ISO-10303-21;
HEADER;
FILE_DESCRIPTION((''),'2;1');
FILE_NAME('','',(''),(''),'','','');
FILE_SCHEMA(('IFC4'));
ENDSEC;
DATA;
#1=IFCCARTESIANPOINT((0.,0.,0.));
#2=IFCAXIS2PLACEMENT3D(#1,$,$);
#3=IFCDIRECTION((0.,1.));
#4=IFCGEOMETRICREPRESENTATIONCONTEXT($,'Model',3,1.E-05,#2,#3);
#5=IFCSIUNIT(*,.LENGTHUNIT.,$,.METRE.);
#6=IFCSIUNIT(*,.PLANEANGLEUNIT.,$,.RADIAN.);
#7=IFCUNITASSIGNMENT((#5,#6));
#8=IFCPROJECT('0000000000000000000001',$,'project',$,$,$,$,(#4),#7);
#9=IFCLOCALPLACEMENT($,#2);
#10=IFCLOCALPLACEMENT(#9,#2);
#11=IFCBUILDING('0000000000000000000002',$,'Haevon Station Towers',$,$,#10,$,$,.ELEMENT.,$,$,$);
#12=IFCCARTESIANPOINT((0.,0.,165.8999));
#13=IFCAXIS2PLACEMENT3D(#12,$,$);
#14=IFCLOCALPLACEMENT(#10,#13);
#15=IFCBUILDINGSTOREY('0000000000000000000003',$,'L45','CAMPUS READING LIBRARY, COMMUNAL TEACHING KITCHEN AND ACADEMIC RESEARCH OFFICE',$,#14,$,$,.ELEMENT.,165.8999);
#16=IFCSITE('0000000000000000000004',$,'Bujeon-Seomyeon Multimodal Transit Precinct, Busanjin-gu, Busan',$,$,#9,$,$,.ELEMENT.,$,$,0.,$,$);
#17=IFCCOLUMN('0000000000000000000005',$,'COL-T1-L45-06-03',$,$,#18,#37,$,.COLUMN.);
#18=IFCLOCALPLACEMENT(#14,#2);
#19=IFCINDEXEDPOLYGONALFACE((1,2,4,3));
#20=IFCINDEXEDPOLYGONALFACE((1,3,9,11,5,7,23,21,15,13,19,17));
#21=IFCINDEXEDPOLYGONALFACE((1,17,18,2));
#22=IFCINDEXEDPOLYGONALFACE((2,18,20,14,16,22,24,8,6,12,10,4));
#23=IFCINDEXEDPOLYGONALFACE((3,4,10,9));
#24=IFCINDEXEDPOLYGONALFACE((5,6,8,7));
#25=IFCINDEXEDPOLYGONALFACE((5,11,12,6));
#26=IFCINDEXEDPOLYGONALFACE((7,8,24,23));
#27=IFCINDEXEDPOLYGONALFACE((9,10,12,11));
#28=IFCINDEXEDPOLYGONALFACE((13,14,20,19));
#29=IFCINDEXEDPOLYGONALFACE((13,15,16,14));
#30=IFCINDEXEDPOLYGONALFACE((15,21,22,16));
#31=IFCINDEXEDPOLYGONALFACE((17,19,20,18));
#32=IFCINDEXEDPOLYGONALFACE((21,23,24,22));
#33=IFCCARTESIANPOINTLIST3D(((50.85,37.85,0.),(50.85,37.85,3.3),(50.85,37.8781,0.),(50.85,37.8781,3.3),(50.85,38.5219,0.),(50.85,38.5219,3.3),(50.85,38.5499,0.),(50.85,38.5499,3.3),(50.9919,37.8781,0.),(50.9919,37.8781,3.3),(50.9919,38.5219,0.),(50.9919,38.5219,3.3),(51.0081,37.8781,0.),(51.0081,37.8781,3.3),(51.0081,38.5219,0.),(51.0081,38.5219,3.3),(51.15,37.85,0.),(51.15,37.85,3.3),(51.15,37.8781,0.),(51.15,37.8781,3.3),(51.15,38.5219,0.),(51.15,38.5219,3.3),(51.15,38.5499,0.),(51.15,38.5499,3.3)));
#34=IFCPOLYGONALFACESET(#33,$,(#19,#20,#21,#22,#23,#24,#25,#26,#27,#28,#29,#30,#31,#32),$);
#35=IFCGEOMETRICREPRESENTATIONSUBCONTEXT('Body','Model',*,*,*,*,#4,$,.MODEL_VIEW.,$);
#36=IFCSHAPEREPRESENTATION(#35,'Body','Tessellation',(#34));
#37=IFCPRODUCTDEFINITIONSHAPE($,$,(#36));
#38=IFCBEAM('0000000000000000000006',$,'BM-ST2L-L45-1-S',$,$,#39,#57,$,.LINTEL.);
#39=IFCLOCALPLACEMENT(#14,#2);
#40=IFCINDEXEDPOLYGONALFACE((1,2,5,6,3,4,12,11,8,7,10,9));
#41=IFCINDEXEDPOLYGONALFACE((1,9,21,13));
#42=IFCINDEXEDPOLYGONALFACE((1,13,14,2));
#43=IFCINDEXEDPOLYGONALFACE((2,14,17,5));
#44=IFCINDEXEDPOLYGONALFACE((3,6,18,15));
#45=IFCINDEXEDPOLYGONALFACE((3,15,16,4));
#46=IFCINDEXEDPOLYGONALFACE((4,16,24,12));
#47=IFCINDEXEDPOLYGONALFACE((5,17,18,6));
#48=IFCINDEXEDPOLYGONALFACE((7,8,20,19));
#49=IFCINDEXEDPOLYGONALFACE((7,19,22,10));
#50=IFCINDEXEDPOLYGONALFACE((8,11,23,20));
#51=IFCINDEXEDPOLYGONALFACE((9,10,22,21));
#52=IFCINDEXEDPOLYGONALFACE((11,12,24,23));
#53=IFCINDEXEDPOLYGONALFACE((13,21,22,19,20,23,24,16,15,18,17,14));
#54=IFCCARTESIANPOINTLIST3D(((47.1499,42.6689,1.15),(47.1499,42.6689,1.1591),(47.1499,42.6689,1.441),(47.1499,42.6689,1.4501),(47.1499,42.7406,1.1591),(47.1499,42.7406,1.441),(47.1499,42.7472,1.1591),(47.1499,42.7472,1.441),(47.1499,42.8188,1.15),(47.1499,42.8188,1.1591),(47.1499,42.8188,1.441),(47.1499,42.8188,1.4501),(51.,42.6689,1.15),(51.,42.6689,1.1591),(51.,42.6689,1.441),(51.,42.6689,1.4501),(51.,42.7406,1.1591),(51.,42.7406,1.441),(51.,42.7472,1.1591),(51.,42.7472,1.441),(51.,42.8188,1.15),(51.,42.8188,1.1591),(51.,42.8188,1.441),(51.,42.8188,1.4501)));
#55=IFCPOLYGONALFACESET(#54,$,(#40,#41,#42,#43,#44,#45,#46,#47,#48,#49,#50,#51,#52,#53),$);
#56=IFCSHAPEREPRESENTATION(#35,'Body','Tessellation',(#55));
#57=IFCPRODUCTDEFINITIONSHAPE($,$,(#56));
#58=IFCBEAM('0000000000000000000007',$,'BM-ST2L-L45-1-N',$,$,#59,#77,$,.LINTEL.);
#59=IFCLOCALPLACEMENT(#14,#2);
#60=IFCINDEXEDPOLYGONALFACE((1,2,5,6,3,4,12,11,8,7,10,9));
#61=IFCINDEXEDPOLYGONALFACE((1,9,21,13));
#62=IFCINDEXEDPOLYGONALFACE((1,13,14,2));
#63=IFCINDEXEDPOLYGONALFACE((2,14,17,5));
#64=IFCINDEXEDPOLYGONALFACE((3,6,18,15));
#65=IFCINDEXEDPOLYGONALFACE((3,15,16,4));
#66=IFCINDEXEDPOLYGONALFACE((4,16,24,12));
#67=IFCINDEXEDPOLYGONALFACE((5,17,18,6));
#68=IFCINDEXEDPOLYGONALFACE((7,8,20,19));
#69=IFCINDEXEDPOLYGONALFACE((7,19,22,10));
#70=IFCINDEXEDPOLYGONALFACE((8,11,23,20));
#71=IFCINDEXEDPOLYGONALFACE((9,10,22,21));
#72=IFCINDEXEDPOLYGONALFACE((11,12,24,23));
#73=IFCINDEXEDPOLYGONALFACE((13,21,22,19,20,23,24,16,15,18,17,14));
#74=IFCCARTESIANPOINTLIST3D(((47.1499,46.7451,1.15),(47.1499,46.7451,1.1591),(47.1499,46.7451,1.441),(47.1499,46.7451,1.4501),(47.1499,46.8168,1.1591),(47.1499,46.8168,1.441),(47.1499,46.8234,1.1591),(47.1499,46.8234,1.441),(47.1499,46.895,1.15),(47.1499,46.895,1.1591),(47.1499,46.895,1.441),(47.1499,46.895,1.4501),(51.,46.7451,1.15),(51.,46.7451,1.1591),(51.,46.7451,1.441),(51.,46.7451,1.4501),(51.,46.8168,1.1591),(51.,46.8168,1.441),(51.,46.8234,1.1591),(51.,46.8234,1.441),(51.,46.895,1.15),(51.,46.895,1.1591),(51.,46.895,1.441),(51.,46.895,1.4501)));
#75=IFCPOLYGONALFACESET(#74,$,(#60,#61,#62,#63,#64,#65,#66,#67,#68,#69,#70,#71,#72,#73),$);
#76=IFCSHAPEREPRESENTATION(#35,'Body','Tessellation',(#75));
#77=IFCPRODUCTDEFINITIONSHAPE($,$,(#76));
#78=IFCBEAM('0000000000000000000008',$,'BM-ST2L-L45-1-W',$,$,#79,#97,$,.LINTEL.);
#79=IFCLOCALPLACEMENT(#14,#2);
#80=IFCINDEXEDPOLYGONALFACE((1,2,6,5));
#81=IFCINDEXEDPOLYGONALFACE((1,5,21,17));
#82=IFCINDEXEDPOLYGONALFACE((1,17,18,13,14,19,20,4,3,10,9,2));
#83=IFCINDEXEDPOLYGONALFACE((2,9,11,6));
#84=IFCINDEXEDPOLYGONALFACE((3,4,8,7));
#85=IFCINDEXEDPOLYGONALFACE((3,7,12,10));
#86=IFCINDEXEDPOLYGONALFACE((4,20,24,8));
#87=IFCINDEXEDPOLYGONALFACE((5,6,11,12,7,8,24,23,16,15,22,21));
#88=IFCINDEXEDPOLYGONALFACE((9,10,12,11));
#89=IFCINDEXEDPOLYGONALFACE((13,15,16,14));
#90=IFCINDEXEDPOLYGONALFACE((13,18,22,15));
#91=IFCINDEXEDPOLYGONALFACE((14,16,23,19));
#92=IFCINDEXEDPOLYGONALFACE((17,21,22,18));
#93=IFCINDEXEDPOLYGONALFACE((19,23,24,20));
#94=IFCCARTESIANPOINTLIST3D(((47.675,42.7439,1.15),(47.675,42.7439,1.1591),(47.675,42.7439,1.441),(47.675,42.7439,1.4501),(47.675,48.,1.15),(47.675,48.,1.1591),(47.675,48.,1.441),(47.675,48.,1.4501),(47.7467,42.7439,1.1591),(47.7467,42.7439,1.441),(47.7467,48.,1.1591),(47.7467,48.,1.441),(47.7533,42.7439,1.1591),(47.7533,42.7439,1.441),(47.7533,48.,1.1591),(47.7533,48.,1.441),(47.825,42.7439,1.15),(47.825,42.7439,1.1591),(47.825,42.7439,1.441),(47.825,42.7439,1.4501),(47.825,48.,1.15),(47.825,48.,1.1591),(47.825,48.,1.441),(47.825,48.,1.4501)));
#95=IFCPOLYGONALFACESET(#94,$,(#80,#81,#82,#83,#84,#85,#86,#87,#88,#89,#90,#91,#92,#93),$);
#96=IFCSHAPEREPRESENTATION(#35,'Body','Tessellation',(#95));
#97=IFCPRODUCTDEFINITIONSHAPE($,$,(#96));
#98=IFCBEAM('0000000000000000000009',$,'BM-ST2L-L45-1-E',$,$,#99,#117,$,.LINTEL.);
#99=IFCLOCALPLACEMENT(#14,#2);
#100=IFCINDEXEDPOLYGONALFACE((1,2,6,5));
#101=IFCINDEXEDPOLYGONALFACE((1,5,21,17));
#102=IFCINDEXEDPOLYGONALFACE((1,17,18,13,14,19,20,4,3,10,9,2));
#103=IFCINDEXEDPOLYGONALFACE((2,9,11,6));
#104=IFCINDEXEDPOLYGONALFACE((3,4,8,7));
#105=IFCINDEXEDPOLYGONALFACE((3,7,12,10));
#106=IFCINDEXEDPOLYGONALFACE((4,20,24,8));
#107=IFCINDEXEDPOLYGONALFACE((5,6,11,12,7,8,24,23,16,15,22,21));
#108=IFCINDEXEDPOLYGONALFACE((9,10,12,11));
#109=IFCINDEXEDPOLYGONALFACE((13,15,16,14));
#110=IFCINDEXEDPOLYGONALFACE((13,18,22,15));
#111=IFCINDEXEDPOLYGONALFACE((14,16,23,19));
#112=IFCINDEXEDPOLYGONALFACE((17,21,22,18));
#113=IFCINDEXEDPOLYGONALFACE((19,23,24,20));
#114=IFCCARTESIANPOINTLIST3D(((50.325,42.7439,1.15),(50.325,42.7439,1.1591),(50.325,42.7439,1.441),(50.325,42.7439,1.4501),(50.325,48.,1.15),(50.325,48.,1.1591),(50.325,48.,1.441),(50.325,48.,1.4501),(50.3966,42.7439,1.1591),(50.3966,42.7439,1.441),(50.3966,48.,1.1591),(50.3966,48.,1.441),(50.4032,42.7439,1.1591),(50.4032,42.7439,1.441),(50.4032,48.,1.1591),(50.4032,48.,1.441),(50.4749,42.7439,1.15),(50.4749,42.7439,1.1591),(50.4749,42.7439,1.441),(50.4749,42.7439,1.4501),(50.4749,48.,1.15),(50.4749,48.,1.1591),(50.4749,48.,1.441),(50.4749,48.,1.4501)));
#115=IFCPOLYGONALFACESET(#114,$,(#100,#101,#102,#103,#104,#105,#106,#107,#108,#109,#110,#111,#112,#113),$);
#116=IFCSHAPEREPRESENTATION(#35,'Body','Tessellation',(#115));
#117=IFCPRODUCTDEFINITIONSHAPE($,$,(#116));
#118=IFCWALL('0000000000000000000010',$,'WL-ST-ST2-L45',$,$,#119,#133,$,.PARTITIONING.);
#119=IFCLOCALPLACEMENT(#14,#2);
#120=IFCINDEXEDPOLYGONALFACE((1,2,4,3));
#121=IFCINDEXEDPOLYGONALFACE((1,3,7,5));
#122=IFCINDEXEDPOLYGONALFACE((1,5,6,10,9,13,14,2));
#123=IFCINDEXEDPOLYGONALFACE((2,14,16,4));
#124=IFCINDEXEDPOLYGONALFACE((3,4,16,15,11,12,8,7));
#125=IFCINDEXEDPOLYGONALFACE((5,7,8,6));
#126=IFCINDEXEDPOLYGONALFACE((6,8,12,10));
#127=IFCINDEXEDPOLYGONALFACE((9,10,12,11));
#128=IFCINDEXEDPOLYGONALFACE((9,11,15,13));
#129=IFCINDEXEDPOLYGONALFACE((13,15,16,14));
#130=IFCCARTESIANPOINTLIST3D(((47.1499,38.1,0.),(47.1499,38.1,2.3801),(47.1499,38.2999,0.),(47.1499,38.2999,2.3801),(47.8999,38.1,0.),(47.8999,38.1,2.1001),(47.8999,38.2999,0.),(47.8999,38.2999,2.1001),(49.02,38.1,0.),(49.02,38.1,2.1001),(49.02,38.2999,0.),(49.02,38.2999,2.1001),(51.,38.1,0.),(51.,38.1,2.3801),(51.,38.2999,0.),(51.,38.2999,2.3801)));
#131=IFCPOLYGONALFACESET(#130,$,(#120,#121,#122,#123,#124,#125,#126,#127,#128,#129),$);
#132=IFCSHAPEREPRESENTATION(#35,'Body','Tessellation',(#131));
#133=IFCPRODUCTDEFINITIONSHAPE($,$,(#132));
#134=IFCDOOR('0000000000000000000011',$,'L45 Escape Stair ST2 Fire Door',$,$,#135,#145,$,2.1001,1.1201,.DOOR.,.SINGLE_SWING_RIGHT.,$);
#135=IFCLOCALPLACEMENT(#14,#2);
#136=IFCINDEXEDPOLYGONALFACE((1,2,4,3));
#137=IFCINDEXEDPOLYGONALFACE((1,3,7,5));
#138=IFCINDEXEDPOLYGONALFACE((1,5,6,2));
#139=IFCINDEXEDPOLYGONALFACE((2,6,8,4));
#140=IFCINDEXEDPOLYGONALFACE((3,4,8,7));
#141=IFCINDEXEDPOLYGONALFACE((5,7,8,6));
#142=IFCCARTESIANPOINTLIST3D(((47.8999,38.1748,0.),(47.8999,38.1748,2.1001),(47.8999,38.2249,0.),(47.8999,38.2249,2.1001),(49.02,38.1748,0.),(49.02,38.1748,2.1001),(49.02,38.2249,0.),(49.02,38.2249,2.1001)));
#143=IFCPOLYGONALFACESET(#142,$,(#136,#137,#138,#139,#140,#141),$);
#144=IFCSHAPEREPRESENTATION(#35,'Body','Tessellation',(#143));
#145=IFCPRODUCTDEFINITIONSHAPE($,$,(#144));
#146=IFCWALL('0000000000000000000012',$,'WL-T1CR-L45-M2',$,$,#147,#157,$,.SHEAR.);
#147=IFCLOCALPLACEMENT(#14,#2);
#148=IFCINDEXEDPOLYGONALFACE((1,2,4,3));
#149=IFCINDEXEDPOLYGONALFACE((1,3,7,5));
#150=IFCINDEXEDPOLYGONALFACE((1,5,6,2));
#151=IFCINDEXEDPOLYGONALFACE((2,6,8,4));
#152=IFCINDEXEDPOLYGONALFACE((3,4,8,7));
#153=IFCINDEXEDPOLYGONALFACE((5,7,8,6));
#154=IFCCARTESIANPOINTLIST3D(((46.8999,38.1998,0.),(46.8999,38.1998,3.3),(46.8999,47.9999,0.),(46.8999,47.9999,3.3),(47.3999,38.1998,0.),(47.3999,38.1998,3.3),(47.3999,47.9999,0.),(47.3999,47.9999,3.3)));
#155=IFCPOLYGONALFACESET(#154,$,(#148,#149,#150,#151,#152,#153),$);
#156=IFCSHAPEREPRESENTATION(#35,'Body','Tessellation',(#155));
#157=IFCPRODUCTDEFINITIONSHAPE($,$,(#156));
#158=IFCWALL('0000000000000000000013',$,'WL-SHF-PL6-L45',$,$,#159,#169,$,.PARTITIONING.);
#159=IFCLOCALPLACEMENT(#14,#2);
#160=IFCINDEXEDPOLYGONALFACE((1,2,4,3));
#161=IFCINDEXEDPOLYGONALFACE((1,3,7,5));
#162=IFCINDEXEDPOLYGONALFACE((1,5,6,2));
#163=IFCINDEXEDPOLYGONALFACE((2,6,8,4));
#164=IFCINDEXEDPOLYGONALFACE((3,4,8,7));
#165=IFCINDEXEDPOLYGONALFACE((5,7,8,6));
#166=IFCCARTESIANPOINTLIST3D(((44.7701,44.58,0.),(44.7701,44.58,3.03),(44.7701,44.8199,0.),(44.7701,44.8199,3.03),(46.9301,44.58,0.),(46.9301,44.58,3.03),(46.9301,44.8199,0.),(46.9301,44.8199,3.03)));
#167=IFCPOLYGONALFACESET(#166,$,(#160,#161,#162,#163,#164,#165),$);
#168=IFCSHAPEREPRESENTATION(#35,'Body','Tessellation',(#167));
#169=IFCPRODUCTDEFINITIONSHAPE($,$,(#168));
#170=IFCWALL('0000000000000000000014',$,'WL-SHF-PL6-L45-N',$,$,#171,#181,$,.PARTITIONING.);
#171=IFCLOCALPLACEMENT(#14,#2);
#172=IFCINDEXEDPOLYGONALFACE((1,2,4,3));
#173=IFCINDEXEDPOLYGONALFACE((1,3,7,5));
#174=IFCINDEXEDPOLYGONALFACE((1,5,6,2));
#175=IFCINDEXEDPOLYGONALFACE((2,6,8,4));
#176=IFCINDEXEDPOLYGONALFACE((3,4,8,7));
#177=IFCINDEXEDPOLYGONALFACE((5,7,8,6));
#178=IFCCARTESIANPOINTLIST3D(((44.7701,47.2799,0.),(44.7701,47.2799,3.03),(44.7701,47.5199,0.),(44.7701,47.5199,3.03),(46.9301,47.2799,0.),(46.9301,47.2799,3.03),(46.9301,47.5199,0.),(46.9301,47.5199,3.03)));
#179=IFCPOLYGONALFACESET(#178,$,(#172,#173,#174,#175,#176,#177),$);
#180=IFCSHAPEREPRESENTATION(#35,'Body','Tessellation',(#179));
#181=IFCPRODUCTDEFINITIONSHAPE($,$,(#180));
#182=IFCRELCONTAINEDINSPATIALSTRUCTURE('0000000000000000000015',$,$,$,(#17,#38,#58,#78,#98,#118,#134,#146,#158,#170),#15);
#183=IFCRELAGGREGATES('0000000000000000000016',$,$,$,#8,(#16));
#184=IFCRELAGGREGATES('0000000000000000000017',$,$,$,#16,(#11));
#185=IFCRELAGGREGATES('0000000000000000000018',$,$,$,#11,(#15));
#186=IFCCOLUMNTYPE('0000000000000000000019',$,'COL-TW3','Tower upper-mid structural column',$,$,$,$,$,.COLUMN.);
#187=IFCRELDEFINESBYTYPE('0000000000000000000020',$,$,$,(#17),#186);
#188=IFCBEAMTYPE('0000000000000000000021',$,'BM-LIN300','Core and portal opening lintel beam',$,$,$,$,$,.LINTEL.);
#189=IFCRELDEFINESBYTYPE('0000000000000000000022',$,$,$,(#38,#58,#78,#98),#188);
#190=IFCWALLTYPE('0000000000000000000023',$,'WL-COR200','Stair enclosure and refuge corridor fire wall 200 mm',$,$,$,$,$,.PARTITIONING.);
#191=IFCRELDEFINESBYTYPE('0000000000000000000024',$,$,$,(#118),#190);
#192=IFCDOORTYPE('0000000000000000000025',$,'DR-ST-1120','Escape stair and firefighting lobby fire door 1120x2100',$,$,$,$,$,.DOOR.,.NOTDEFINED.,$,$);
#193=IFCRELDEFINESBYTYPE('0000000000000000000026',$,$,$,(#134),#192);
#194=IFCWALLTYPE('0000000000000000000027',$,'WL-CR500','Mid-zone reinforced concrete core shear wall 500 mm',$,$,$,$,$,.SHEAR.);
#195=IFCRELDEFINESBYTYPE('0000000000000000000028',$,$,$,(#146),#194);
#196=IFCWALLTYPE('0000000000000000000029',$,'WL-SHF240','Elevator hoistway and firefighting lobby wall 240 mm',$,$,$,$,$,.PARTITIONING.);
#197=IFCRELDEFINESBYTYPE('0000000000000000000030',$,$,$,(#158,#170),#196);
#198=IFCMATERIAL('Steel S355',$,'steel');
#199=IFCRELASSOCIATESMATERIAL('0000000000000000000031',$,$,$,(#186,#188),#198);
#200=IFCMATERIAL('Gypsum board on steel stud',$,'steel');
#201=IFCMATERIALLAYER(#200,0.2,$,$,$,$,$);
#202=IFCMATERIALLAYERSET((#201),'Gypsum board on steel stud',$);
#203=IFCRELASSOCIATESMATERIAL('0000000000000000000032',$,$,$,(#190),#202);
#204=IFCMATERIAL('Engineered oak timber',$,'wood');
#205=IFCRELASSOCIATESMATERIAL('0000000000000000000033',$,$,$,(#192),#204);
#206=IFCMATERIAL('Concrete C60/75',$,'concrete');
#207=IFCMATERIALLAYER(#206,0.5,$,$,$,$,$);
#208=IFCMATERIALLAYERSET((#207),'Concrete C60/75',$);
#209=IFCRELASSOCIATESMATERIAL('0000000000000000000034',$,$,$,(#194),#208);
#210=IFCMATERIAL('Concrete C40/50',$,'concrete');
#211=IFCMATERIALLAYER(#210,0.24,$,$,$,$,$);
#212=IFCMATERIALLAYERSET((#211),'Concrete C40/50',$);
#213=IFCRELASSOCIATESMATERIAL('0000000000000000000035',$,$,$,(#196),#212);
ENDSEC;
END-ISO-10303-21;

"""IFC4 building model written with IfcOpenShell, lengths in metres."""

from ifc_helpers import new_model, si_unit, direction, frame, frame_2d, origin, origin_2d, place, context, subcontext, project, spatial, rectangle, i_section, extrude, material, layer, layer_set, material_profile, profile_set, type_object, element, fill, save


model = new_model("IFC4")

# Units and contexts
model_context = context("Model", 3, precision=1e-05, world=origin(), true_north=direction((0.0, 1.0)))
body_context = subcontext(model_context, "Body", "Model", "MODEL_VIEW")
ifc_project = project(units=[si_unit("LENGTHUNIT", "METRE"), si_unit("PLANEANGLEUNIT", "RADIAN")], contexts=[model_context])

# Site, building, storey
site_placement = place(None, origin())
site = spatial("IfcSite", under=ifc_project, at=site_placement, Name="Bujeon-Seomyeon Multimodal Transit Precinct, Busanjin-gu, Busan", CompositionType="ELEMENT", RefElevation=0.0)
building_placement = place(site_placement, origin())
building = spatial("IfcBuilding", under=site, at=building_placement, Name="Haevon Station Towers", CompositionType="ELEMENT")
storey_placement = place(building_placement, frame((0.0, 0.0, 165.8999)))
storey = spatial("IfcBuildingStorey", under=building, at=storey_placement, Name="L45", Description="CAMPUS READING LIBRARY, COMMUNAL TEACHING KITCHEN AND ACADEMIC RESEARCH OFFICE", CompositionType="ELEMENT", Elevation=165.8999)

# Column
ifc_material_1 = material(Name="Steel S355", Category="steel")
ifc_material_profile_1 = material_profile(ifc_material_1, i_section(OverallWidth=0.3, OverallDepth=0.7, WebThickness=0.0161, FlangeThickness=0.0281, at=origin_2d()), Name="H-700x300x16x28")
ifc_profile_set_1 = profile_set([ifc_material_profile_1], Name="Steel S355")
column_type = type_object("IfcColumnType", Name="COL-TW3", Description="Tower upper-mid structural column", PredefinedType="COLUMN", material=ifc_profile_set_1)
column_placement = place(storey_placement, frame((51.0, 38.2, 0.0), z_axis=(0.0, 0.0, 1.0), x_axis=(1.0, 0.0, 0.0)))
element("IfcColumn", 1, at=column_placement, inside=storey, type_object=column_type, Name="COL-T1-L45-06-03", PredefinedType="COLUMN", context=body_context, shape_type="SweptSolid", body=[
    extrude(i_section(OverallWidth=0.3, OverallDepth=0.7, WebThickness=0.0161, FlangeThickness=0.0281, at=origin_2d()), origin(), (0.0, 0.0, 1.0), 3.3),
])

# Beams
ifc_material_profile_2 = material_profile(ifc_material_1, i_section(OverallWidth=0.1499, OverallDepth=0.3, WebThickness=0.0066, FlangeThickness=0.009, at=origin_2d()), Name="H-300x150x6.5x9")
ifc_profile_set_2 = profile_set([ifc_material_profile_2], Name="Steel S355")
beam_type = type_object("IfcBeamType", Name="BM-LIN300", Description="Core and portal opening lintel beam", PredefinedType="LINTEL", material=ifc_profile_set_2)
for number, where, z_axis, x_axis, name in (
    (2, (47.1499, 42.7439, 1.3), (1.0, 0.0, 0.0), (0.0, 1.0, 0.0), "BM-ST2L-L45-1-S"),
    (3, (47.1499, 46.8201, 1.3), (1.0, 0.0, 0.0), (0.0, 1.0, 0.0), "BM-ST2L-L45-1-N"),
):
    element("IfcBeam", number, at=place(storey_placement, frame(where, z_axis=z_axis, x_axis=x_axis)), inside=storey, type_object=beam_type, Name=name, PredefinedType="LINTEL", context=body_context, shape_type="SweptSolid", body=[
        extrude(i_section(OverallWidth=0.1499, OverallDepth=0.3, WebThickness=0.0066, FlangeThickness=0.009, at=origin_2d()), origin(), (0.0, 0.0, 1.0), 3.8501),
    ])
for number, where, z_axis, x_axis, name in (
    (4, (47.75, 42.7439, 1.3), (0.0, 1.0, 0.0), (-1.0, 0.0, 0.0), "BM-ST2L-L45-1-W"),
    (5, (50.3999, 42.7439, 1.3), (0.0, 1.0, 0.0), (-1.0, 0.0, 0.0), "BM-ST2L-L45-1-E"),
):
    element("IfcBeam", number, at=place(storey_placement, frame(where, z_axis=z_axis, x_axis=x_axis)), inside=storey, type_object=beam_type, Name=name, PredefinedType="LINTEL", context=body_context, shape_type="SweptSolid", body=[
        extrude(i_section(OverallWidth=0.1499, OverallDepth=0.3, WebThickness=0.0066, FlangeThickness=0.009, at=origin_2d()), origin(), (0.0, 0.0, 1.0), 5.2561),
    ])

# Wall, opening, door
ifc_material_2 = material(Name="Gypsum board on steel stud", Category="steel")
ifc_layer_1 = layer(ifc_material_2, 0.2)
ifc_layer_set_1 = layer_set([ifc_layer_1], Name="Gypsum board on steel stud")
wall_type_1 = type_object("IfcWallType", Name="WL-COR200", Description="Stair enclosure and refuge corridor fire wall 200 mm", PredefinedType="PARTITIONING", material=ifc_layer_set_1)
wall_1_placement = place(storey_placement, frame((47.1499, 38.2, 0.0), z_axis=(0.0, 0.0, 1.0), x_axis=(1.0, 0.0, 0.0)))
wall_1 = element("IfcWall", 6, at=wall_1_placement, inside=storey, type_object=wall_type_1, Name="WL-ST-ST2-L45", PredefinedType="PARTITIONING", context=body_context, shape_type="SweptSolid", body=[
    extrude(rectangle(XDim=3.8501, YDim=0.2, at=frame_2d((1.925, 0.0))), origin(), (0.0, 0.0, 1.0), 2.3801),
])
opening_placement = place(wall_1_placement, frame((0.75, 0.0, 0.0)))
opening = element("IfcOpeningElement", 7, at=opening_placement, cuts=wall_1, PredefinedType="OPENING", context=body_context, shape_type="SweptSolid", body=[
    extrude(rectangle(XDim=1.1201, YDim=2.1001, at=frame_2d((0.5601, 1.05))), frame((0.0, 0.1099, 0.0), z_axis=(0.0, -1.0, 0.0), x_axis=(1.0, 0.0, 0.0)), (0.0, 0.0, 1.0), 0.22),
])
ifc_material_3 = material(Name="Engineered oak timber", Category="wood")
door_type = type_object("IfcDoorType", Name="DR-ST-1120", Description="Escape stair and firefighting lobby fire door 1120x2100", OperationType="NOTDEFINED", PredefinedType="DOOR", material=ifc_material_3)
door_placement = place(opening_placement, origin())
door = element("IfcDoor", 8, at=door_placement, inside=storey, type_object=door_type, Name="L45 Escape Stair ST2 Fire Door", OperationType="SINGLE_SWING_RIGHT", OverallHeight=2.1001, OverallWidth=1.1201, PredefinedType="DOOR", context=body_context, shape_type="SweptSolid", body=[
    extrude(rectangle(XDim=1.1201, YDim=2.1001, at=frame_2d((0.5601, 1.05))), frame((0.0, 0.0249, 0.0), z_axis=(0.0, -1.0, 0.0), x_axis=(1.0, 0.0, 0.0)), (0.0, 0.0, 1.0), 0.05),
])
fill(opening, door)

# Walls
ifc_material_4 = material(Name="Concrete C60/75", Category="concrete")
ifc_layer_2 = layer(ifc_material_4, 0.5)
ifc_layer_set_2 = layer_set([ifc_layer_2], Name="Concrete C60/75")
wall_type_2 = type_object("IfcWallType", Name="WL-CR500", Description="Mid-zone reinforced concrete core shear wall 500 mm", PredefinedType="SHEAR", material=ifc_layer_set_2)
wall_2_placement = place(storey_placement, frame((47.1499, 38.2, 0.0), z_axis=(0.0, 0.0, 1.0), x_axis=(0.0, 1.0, 0.0)))
element("IfcWall", 9, at=wall_2_placement, inside=storey, type_object=wall_type_2, Name="WL-T1CR-L45-M2", PredefinedType="SHEAR", context=body_context, shape_type="SweptSolid", body=[
    extrude(rectangle(XDim=9.8, YDim=0.5, at=frame_2d((4.8999, 0.0))), origin(), (0.0, 0.0, 1.0), 3.3),
])
ifc_material_5 = material(Name="Concrete C40/50", Category="concrete")
ifc_layer_3 = layer(ifc_material_5, 0.24)
ifc_layer_set_3 = layer_set([ifc_layer_3], Name="Concrete C40/50")
wall_type_3 = type_object("IfcWallType", Name="WL-SHF240", Description="Elevator hoistway and firefighting lobby wall 240 mm", PredefinedType="PARTITIONING", material=ifc_layer_set_3)
for number, where, z_axis, x_axis, name in (
    (10, (44.77, 44.7, 0.0), (0.0, 0.0, 1.0), (1.0, 0.0, 0.0), "WL-SHF-PL6-L45"),
    (11, (44.77, 47.3999, 0.0), (0.0, 0.0, 1.0), (1.0, 0.0, 0.0), "WL-SHF-PL6-L45-N"),
):
    element("IfcWall", number, at=place(storey_placement, frame(where, z_axis=z_axis, x_axis=x_axis)), inside=storey, type_object=wall_type_3, Name=name, PredefinedType="PARTITIONING", context=body_context, shape_type="SweptSolid", body=[
        extrude(rectangle(XDim=2.1599, YDim=0.24, at=frame_2d((1.0801, 0.0))), origin(), (0.0, 0.0, 1.0), 3.03),
    ])

save(model, "model.ifc")
